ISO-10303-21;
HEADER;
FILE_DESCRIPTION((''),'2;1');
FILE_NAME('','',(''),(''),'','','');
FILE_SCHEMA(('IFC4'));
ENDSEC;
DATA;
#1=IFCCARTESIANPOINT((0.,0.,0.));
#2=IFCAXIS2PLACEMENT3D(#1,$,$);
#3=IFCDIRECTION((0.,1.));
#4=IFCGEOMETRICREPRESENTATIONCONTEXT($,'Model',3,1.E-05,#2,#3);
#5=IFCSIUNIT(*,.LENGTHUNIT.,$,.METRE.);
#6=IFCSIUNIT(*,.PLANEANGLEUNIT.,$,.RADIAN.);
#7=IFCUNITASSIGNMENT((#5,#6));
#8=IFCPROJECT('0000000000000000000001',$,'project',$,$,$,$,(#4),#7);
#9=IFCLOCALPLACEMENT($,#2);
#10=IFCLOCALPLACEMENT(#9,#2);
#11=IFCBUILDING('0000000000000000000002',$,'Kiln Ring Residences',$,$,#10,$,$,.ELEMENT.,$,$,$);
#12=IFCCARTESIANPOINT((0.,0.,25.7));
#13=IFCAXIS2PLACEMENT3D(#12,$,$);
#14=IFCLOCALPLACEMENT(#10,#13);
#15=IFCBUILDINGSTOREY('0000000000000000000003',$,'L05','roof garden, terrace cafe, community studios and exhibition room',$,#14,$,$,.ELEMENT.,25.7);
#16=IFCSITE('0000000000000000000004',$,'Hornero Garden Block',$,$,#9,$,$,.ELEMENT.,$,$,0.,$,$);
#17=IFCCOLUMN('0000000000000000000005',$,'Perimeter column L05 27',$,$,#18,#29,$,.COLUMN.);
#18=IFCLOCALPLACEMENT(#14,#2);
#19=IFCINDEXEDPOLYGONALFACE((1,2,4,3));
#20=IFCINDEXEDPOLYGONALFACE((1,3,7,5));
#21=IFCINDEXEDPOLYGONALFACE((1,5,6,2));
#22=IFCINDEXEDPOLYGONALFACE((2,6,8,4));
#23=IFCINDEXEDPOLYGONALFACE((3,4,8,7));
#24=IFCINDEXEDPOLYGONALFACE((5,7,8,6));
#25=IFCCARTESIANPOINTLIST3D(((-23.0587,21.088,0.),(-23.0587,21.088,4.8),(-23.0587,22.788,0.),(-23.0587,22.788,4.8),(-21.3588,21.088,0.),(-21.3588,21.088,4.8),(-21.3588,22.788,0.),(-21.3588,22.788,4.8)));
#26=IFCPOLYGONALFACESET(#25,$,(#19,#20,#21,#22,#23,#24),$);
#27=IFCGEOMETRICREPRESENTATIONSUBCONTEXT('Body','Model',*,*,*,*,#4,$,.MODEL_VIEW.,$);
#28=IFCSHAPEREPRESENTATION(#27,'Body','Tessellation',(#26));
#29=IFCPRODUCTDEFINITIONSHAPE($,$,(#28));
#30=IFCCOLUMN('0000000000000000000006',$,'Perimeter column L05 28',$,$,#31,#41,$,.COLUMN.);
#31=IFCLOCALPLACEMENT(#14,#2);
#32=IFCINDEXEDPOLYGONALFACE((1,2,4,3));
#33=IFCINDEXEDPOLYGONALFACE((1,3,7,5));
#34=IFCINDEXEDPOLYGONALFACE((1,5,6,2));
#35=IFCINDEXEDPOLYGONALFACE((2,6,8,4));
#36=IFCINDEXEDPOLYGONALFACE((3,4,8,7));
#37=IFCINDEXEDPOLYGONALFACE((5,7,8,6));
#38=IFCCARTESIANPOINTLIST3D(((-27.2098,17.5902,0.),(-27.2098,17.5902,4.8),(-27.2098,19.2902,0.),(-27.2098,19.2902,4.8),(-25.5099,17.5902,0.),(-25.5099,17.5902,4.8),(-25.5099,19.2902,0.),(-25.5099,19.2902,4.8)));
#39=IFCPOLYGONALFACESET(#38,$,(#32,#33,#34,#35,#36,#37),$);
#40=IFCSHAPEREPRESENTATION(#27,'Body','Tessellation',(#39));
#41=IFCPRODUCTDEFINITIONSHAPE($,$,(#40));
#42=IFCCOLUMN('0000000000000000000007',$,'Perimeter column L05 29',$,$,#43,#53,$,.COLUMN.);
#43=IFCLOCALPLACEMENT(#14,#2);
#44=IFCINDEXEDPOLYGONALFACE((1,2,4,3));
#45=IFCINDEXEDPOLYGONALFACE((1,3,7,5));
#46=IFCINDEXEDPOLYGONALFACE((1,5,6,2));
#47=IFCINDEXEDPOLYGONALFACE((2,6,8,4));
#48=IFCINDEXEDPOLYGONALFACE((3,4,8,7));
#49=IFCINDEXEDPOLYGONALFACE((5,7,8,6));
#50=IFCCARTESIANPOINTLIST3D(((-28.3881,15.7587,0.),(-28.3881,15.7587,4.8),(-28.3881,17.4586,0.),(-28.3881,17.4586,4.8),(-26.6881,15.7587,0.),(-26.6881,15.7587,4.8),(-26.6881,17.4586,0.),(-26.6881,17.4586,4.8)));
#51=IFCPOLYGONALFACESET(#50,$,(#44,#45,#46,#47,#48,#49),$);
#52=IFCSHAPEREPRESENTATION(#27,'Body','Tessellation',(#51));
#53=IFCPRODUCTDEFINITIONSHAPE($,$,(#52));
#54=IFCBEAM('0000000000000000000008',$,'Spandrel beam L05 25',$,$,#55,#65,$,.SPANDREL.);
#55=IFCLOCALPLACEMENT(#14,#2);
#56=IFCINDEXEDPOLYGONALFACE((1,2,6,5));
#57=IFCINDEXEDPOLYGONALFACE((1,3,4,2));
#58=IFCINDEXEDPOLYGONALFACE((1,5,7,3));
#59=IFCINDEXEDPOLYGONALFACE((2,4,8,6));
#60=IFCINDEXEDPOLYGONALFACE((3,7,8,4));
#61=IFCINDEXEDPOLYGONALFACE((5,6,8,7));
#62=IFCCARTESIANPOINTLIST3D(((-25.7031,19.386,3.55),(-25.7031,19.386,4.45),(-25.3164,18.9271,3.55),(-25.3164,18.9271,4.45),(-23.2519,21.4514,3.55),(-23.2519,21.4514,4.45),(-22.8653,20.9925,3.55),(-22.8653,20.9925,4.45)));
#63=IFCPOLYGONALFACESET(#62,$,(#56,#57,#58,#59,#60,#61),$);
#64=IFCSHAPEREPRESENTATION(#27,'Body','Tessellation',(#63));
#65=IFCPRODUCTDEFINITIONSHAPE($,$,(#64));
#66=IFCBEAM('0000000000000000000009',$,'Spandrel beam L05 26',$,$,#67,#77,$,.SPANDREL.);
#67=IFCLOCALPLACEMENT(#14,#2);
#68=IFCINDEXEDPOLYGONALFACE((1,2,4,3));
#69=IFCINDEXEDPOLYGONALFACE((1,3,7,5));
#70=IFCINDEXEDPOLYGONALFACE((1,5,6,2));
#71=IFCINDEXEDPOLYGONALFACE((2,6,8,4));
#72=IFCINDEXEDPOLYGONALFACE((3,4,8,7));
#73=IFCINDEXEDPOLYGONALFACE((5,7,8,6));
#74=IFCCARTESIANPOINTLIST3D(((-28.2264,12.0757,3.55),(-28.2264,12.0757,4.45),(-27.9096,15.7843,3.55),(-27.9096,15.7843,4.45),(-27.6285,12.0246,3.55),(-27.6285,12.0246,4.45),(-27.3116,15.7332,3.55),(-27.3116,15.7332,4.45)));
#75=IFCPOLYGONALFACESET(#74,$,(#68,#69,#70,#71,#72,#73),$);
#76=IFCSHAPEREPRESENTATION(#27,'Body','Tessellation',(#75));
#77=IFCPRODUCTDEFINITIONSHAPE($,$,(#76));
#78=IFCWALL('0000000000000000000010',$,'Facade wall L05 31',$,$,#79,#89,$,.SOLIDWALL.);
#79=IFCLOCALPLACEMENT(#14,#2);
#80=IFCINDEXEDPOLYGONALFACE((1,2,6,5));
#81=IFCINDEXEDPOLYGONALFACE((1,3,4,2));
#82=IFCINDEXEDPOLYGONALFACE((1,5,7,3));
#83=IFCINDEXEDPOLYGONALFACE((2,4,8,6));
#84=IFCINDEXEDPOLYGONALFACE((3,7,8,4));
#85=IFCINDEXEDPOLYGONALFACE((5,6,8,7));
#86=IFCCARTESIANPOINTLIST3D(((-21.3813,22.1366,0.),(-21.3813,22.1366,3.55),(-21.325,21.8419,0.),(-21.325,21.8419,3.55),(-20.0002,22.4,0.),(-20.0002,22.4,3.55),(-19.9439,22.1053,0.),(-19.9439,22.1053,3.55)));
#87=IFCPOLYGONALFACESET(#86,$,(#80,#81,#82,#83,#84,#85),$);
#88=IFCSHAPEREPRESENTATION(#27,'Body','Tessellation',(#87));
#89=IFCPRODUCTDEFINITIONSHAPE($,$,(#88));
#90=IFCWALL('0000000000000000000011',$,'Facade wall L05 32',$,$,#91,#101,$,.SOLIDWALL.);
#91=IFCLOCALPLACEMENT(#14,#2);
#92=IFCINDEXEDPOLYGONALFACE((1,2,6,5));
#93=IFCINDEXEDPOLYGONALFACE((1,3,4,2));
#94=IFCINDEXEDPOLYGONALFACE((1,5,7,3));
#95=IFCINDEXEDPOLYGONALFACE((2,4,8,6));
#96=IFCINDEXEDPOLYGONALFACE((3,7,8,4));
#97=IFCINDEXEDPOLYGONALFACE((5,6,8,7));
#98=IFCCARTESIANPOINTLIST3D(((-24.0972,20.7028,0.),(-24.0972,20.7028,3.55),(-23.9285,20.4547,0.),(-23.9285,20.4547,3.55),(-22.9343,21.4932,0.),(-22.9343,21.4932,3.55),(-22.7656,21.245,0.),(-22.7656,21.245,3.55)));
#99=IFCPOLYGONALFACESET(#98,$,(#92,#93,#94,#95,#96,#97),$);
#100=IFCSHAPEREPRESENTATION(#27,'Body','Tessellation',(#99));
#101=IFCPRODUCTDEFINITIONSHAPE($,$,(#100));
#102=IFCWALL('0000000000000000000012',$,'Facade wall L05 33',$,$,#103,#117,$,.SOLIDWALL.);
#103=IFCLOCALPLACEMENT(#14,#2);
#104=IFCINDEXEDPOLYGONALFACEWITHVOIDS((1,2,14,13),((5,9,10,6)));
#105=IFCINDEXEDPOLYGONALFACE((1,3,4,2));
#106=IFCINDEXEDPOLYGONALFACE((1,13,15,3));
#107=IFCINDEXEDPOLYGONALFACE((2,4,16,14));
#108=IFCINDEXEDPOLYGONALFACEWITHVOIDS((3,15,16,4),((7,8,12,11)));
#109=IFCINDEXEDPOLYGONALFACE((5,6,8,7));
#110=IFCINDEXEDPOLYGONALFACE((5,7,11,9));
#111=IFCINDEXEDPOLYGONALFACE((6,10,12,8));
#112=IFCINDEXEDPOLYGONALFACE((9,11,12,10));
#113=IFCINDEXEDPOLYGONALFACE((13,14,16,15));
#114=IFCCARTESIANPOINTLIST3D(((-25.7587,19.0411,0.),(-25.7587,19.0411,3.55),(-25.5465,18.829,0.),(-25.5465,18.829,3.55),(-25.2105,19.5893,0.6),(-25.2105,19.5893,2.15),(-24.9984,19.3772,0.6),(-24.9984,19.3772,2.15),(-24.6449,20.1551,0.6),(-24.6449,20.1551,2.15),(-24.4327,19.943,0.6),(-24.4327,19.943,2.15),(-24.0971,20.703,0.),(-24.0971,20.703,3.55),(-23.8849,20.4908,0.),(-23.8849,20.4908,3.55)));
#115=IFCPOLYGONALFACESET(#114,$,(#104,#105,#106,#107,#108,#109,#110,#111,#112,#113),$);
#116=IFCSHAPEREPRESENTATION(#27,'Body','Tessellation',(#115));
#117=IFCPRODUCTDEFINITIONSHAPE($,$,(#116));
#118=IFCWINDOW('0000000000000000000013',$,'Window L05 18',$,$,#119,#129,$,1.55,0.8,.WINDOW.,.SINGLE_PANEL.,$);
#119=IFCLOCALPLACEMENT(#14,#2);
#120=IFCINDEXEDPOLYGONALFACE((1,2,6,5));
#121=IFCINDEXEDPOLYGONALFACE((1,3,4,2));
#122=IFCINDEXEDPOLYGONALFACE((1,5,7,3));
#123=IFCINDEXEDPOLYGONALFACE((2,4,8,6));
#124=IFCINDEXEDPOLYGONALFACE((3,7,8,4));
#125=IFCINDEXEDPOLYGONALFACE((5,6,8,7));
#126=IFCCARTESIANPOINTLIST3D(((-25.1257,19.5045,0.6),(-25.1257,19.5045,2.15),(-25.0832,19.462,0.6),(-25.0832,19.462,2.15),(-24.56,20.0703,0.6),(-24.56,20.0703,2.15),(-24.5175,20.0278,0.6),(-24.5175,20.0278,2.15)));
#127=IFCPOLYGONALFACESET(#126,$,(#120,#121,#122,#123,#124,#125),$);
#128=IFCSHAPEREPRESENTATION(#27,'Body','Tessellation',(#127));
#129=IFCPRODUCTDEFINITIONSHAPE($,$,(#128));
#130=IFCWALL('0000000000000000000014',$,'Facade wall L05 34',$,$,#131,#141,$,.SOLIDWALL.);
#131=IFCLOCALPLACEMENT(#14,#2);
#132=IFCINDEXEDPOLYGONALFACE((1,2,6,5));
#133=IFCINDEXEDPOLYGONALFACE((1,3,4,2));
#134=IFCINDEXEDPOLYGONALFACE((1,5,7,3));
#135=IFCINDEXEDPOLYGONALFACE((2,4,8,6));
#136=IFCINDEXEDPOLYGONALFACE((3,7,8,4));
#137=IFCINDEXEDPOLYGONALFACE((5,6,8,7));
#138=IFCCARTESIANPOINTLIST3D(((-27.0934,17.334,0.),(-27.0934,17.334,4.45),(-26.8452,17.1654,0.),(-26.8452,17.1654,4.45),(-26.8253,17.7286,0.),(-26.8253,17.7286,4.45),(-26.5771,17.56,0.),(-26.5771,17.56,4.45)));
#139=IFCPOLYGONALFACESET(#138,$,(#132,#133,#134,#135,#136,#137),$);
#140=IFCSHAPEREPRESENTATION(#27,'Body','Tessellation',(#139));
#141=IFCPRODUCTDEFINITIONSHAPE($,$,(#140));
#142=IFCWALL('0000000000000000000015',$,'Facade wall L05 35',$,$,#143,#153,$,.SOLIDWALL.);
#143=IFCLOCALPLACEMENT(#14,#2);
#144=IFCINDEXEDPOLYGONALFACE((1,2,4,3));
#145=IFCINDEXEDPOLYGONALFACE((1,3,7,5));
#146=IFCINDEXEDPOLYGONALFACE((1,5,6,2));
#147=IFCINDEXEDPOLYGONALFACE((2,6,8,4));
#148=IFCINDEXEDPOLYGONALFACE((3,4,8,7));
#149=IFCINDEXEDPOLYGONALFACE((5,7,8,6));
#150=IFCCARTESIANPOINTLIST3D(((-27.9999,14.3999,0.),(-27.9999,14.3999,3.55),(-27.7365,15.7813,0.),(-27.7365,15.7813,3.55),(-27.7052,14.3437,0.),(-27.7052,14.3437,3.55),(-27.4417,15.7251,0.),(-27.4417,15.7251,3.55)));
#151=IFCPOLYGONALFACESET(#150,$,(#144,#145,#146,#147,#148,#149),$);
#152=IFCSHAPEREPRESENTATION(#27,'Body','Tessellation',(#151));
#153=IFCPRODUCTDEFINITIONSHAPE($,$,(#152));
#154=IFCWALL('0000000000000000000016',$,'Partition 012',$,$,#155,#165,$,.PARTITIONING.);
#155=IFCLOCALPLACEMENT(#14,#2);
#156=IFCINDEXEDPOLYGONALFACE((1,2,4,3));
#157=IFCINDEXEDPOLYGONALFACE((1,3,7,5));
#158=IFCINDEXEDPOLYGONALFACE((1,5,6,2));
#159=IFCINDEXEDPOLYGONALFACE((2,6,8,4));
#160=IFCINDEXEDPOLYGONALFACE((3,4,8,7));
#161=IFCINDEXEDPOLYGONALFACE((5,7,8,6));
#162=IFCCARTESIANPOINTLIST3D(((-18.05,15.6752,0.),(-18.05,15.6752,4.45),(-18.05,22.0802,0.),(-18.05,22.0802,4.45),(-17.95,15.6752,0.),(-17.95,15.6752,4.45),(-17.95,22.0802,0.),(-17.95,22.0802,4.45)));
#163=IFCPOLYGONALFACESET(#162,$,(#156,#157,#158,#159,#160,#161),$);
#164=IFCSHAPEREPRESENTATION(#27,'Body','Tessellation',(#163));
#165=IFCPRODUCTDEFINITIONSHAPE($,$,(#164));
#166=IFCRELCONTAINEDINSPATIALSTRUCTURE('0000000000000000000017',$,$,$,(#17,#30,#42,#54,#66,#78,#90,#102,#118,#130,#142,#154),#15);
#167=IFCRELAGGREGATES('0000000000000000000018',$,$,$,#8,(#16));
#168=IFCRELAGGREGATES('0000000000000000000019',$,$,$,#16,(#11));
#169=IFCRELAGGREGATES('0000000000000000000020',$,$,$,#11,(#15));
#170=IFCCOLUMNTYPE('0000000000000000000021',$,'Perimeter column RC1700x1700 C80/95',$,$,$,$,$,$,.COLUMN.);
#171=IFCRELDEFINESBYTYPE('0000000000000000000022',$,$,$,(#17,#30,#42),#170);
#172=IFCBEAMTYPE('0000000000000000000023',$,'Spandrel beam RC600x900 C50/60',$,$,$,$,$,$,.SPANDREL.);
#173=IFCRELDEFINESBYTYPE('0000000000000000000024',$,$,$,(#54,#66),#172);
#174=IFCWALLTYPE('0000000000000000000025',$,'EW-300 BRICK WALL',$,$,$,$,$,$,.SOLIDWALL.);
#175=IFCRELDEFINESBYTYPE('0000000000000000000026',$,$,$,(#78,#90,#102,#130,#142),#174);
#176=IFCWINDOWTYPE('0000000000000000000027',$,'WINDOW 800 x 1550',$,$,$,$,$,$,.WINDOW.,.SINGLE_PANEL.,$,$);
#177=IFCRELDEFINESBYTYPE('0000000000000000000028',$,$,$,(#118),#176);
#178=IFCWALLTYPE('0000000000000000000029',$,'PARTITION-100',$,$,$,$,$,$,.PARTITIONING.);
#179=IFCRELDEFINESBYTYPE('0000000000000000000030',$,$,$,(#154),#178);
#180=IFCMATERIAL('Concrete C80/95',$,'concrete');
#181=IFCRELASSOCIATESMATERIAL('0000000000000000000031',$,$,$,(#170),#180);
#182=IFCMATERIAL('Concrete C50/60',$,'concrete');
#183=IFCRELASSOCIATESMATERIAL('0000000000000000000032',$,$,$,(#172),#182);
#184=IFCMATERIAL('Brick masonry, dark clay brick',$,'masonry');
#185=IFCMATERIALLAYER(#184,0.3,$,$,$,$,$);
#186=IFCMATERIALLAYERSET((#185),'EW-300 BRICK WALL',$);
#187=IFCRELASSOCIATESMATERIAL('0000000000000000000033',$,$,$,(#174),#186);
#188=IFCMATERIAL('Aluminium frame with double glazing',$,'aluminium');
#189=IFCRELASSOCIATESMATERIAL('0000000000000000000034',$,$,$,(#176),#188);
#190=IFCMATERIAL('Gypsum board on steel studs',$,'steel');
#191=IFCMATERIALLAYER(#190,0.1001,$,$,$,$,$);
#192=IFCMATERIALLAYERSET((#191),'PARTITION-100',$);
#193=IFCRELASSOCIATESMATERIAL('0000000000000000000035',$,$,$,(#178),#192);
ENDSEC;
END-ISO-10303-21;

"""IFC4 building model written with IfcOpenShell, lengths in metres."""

from ifc_helpers import new_model, si_unit, direction, frame, frame_2d, origin, origin_2d, place, context, subcontext, project, spatial, rectangle, extrude, material, layer, layer_set, material_profile, profile_set, type_object, element, fill, save


model = new_model("IFC4")

# Units and contexts
model_context = context("Model", 3, precision=1e-05, world=origin(), true_north=direction((0.0, 1.0)))
body_context = subcontext(model_context, "Body", "Model", "MODEL_VIEW")
ifc_project = project(units=[si_unit("LENGTHUNIT", "METRE"), si_unit("PLANEANGLEUNIT", "RADIAN")], contexts=[model_context])

# Site, building, storey
site_placement = place(None, origin())
site = spatial("IfcSite", under=ifc_project, at=site_placement, Name="Hornero Garden Block", CompositionType="ELEMENT", RefElevation=0.0)
building_placement = place(site_placement, origin())
building = spatial("IfcBuilding", under=site, at=building_placement, Name="Kiln Ring Residences", CompositionType="ELEMENT")
storey_placement = place(building_placement, frame((0.0, 0.0, 25.7)))
storey = spatial("IfcBuildingStorey", under=building, at=storey_placement, Name="L05", Description="roof garden, terrace cafe, community studios and exhibition room", CompositionType="ELEMENT", Elevation=25.7)

# Columns
ifc_material_1 = material(Name="Concrete C80/95", Category="concrete")
ifc_material_profile_1 = material_profile(ifc_material_1, rectangle(XDim=1.7, YDim=1.7, at=origin_2d()), Name="RC1700x1700")
ifc_profile_set_1 = profile_set([ifc_material_profile_1], Name="Concrete C80/95")
column_type = type_object("IfcColumnType", Name="Perimeter column RC1700x1700 C80/95", PredefinedType="COLUMN", material=ifc_profile_set_1)
for number, where, z_axis, x_axis, name in (
    (1, (-22.2087, 21.938, 0.0), (0.0, 0.0, 1.0), (1.0, 0.0, 0.0), "Perimeter column L05 27"),
    (2, (-26.3599, 18.4402, 0.0), (0.0, 0.0, 1.0), (1.0, 0.0, 0.0), "Perimeter column L05 28"),
    (3, (-27.5381, 16.6086, 0.0), (0.0, 0.0, 1.0), (1.0, 0.0, 0.0), "Perimeter column L05 29"),
):
    element("IfcColumn", number, at=place(storey_placement, frame(where, z_axis=z_axis, x_axis=x_axis)), inside=storey, type_object=column_type, Name=name, PredefinedType="COLUMN", context=body_context, shape_type="SweptSolid", body=[
        extrude(rectangle(XDim=1.7, YDim=1.7, at=origin_2d()), origin(), (0.0, 0.0, 1.0), 4.8),
    ])

# Beams
ifc_material_2 = material(Name="Concrete C50/60", Category="concrete")
ifc_material_profile_2 = material_profile(ifc_material_2, rectangle(XDim=0.6001, YDim=0.8999, at=origin_2d()), Name="RC600x900")
ifc_profile_set_2 = profile_set([ifc_material_profile_2], Name="Concrete C50/60")
beam_type = type_object("IfcBeamType", Name="Spandrel beam RC600x900 C50/60", PredefinedType="SPANDREL", material=ifc_profile_set_2)
beam_1_placement = place(storey_placement, frame((-23.0586, 21.2219, 4.0), z_axis=(-0.764714, -0.64437, 0.0), x_axis=(0.64437, -0.764714, 0.0)))
element("IfcBeam", 4, at=beam_1_placement, inside=storey, type_object=beam_type, Name="Spandrel beam L05 25", PredefinedType="SPANDREL", context=body_context, shape_type="SweptSolid", body=[
    extrude(rectangle(XDim=0.6001, YDim=0.8999, at=origin_2d()), origin(), (0.0, 0.0, 1.0), 3.2053),
])
beam_2_placement = place(storey_placement, frame((-27.6106, 15.7588, 4.0), z_axis=(-0.085135, -0.996369, 0.0), x_axis=(0.996369, -0.085135, 0.0)))
element("IfcBeam", 5, at=beam_2_placement, inside=storey, type_object=beam_type, Name="Spandrel beam L05 26", PredefinedType="SPANDREL", context=body_context, shape_type="SweptSolid", body=[
    extrude(rectangle(XDim=0.6001, YDim=0.8999, at=origin_2d()), origin(), (0.0, 0.0, 1.0), 3.7222),
])

# Walls
ifc_material_3 = material(Name="Brick masonry, dark clay brick", Category="masonry")
ifc_layer_1 = layer(ifc_material_3, 0.3)
ifc_layer_set_1 = layer_set([ifc_layer_1], Name="EW-300 BRICK WALL")
wall_type_1 = type_object("IfcWallType", Name="EW-300 BRICK WALL", PredefinedType="SOLIDWALL", material=ifc_layer_set_1)
for number, where, z_axis, x_axis, name in (
    (6, (-19.9719, 22.2527, 0.0), (0.0, 0.0, 1.0), (-0.982291, -0.187359, 0.0), "Facade wall L05 31"),
    (7, (-22.8499, 21.3691, 0.0), (0.0, 0.0, 1.0), (-0.827075, -0.562092, 0.0), "Facade wall L05 32"),
):
    element("IfcWall", number, at=place(storey_placement, frame(where, z_axis=z_axis, x_axis=x_axis)), inside=storey, type_object=wall_type_1, Name=name, PredefinedType="SOLIDWALL", context=body_context, shape_type="SweptSolid", body=[
        extrude(rectangle(XDim=1.406, YDim=0.3, at=frame_2d((0.7031, 0.0))), origin(), (0.0, 0.0, 1.0), 3.55),
    ])

# Wall, opening, window
wall_1_placement = place(storey_placement, frame((-23.991, 20.5969, 0.0), z_axis=(0.0, 0.0, 1.0), x_axis=(-0.707055, -0.707159, 0.0)))
wall_1 = element("IfcWall", 8, at=wall_1_placement, inside=storey, type_object=wall_type_1, Name="Facade wall L05 33", PredefinedType="SOLIDWALL", context=body_context, shape_type="SweptSolid", body=[
    extrude(rectangle(XDim=2.3501, YDim=0.3, at=frame_2d((1.175, 0.0))), origin(), (0.0, 0.0, 1.0), 3.55),
])
opening_1_placement = place(wall_1_placement, frame((0.7749, 0.0, 0.6001)))
opening_1 = element("IfcOpeningElement", 9, at=opening_1_placement, cuts=wall_1, PredefinedType="OPENING", context=body_context, shape_type="SweptSolid", body=[
    extrude(rectangle(XDim=0.8, YDim=1.55, at=frame_2d((0.3999, 0.7749))), frame((0.0, 0.1599, 0.0), z_axis=(0.0, -1.0, 0.0), x_axis=(1.0, 0.0, 0.0)), (0.0, 0.0, 1.0), 0.3201),
])
ifc_material_4 = material(Name="Aluminium frame with double glazing", Category="aluminium")
window_type = type_object("IfcWindowType", Name="WINDOW 800 x 1550", PartitioningType="SINGLE_PANEL", PredefinedType="WINDOW", material=ifc_material_4)
window_placement = place(opening_1_placement, origin())
window = element("IfcWindow", 10, at=window_placement, inside=storey, type_object=window_type, Name="Window L05 18", OverallHeight=1.55, OverallWidth=0.8, PartitioningType="SINGLE_PANEL", PredefinedType="WINDOW", context=body_context, shape_type="SweptSolid", body=[
    extrude(rectangle(XDim=0.8, YDim=1.55, at=frame_2d((0.3999, 0.7749))), frame((0.0, 0.03, 0.0), z_axis=(0.0, -1.0, 0.0), x_axis=(1.0, 0.0, 0.0)), (0.0, 0.0, 1.0), 0.0601),
])
fill(opening_1, window)

# Walls
wall_2_placement = place(storey_placement, frame((-26.7012, 17.6443, 0.0), z_axis=(0.0, 0.0, 1.0), x_axis=(-0.562002, -0.827136, 0.0)))
element("IfcWall", 11, at=wall_2_placement, inside=storey, type_object=wall_type_1, Name="Facade wall L05 34", PredefinedType="SOLIDWALL", context=body_context, shape_type="SweptSolid", body=[
    extrude(rectangle(XDim=0.4771, YDim=0.3, at=frame_2d((0.2385, 0.0))), origin(), (0.0, 0.0, 1.0), 4.45),
])
wall_3_placement = place(storey_placement, frame((-27.5891, 15.7532, 0.0), z_axis=(0.0, 0.0, 1.0), x_axis=(-0.187328, -0.982298, 0.0)))
element("IfcWall", 12, at=wall_3_placement, inside=storey, type_object=wall_type_1, Name="Facade wall L05 35", PredefinedType="SOLIDWALL", context=body_context, shape_type="SweptSolid", body=[
    extrude(rectangle(XDim=1.4062, YDim=0.3, at=frame_2d((0.7031, 0.0))), origin(), (0.0, 0.0, 1.0), 3.55),
])
ifc_material_5 = material(Name="Gypsum board on steel studs", Category="steel")
ifc_layer_2 = layer(ifc_material_5, 0.1001)
ifc_layer_set_2 = layer_set([ifc_layer_2], Name="PARTITION-100")
wall_type_2 = type_object("IfcWallType", Name="PARTITION-100", PredefinedType="PARTITIONING", material=ifc_layer_set_2)
wall_4_placement = place(storey_placement, frame((-18.0, 15.675, 0.0), z_axis=(0.0, 0.0, 1.0), x_axis=(0.0, 1.0, 0.0)))
element("IfcWall", 13, at=wall_4_placement, inside=storey, type_object=wall_type_2, Name="Partition 012", PredefinedType="PARTITIONING", context=body_context, shape_type="SweptSolid", body=[
    extrude(rectangle(XDim=6.405, YDim=0.1001, at=frame_2d((3.2026, 0.0))), origin(), (0.0, 0.0, 1.0), 4.45),
])

save(model, "model.ifc")
